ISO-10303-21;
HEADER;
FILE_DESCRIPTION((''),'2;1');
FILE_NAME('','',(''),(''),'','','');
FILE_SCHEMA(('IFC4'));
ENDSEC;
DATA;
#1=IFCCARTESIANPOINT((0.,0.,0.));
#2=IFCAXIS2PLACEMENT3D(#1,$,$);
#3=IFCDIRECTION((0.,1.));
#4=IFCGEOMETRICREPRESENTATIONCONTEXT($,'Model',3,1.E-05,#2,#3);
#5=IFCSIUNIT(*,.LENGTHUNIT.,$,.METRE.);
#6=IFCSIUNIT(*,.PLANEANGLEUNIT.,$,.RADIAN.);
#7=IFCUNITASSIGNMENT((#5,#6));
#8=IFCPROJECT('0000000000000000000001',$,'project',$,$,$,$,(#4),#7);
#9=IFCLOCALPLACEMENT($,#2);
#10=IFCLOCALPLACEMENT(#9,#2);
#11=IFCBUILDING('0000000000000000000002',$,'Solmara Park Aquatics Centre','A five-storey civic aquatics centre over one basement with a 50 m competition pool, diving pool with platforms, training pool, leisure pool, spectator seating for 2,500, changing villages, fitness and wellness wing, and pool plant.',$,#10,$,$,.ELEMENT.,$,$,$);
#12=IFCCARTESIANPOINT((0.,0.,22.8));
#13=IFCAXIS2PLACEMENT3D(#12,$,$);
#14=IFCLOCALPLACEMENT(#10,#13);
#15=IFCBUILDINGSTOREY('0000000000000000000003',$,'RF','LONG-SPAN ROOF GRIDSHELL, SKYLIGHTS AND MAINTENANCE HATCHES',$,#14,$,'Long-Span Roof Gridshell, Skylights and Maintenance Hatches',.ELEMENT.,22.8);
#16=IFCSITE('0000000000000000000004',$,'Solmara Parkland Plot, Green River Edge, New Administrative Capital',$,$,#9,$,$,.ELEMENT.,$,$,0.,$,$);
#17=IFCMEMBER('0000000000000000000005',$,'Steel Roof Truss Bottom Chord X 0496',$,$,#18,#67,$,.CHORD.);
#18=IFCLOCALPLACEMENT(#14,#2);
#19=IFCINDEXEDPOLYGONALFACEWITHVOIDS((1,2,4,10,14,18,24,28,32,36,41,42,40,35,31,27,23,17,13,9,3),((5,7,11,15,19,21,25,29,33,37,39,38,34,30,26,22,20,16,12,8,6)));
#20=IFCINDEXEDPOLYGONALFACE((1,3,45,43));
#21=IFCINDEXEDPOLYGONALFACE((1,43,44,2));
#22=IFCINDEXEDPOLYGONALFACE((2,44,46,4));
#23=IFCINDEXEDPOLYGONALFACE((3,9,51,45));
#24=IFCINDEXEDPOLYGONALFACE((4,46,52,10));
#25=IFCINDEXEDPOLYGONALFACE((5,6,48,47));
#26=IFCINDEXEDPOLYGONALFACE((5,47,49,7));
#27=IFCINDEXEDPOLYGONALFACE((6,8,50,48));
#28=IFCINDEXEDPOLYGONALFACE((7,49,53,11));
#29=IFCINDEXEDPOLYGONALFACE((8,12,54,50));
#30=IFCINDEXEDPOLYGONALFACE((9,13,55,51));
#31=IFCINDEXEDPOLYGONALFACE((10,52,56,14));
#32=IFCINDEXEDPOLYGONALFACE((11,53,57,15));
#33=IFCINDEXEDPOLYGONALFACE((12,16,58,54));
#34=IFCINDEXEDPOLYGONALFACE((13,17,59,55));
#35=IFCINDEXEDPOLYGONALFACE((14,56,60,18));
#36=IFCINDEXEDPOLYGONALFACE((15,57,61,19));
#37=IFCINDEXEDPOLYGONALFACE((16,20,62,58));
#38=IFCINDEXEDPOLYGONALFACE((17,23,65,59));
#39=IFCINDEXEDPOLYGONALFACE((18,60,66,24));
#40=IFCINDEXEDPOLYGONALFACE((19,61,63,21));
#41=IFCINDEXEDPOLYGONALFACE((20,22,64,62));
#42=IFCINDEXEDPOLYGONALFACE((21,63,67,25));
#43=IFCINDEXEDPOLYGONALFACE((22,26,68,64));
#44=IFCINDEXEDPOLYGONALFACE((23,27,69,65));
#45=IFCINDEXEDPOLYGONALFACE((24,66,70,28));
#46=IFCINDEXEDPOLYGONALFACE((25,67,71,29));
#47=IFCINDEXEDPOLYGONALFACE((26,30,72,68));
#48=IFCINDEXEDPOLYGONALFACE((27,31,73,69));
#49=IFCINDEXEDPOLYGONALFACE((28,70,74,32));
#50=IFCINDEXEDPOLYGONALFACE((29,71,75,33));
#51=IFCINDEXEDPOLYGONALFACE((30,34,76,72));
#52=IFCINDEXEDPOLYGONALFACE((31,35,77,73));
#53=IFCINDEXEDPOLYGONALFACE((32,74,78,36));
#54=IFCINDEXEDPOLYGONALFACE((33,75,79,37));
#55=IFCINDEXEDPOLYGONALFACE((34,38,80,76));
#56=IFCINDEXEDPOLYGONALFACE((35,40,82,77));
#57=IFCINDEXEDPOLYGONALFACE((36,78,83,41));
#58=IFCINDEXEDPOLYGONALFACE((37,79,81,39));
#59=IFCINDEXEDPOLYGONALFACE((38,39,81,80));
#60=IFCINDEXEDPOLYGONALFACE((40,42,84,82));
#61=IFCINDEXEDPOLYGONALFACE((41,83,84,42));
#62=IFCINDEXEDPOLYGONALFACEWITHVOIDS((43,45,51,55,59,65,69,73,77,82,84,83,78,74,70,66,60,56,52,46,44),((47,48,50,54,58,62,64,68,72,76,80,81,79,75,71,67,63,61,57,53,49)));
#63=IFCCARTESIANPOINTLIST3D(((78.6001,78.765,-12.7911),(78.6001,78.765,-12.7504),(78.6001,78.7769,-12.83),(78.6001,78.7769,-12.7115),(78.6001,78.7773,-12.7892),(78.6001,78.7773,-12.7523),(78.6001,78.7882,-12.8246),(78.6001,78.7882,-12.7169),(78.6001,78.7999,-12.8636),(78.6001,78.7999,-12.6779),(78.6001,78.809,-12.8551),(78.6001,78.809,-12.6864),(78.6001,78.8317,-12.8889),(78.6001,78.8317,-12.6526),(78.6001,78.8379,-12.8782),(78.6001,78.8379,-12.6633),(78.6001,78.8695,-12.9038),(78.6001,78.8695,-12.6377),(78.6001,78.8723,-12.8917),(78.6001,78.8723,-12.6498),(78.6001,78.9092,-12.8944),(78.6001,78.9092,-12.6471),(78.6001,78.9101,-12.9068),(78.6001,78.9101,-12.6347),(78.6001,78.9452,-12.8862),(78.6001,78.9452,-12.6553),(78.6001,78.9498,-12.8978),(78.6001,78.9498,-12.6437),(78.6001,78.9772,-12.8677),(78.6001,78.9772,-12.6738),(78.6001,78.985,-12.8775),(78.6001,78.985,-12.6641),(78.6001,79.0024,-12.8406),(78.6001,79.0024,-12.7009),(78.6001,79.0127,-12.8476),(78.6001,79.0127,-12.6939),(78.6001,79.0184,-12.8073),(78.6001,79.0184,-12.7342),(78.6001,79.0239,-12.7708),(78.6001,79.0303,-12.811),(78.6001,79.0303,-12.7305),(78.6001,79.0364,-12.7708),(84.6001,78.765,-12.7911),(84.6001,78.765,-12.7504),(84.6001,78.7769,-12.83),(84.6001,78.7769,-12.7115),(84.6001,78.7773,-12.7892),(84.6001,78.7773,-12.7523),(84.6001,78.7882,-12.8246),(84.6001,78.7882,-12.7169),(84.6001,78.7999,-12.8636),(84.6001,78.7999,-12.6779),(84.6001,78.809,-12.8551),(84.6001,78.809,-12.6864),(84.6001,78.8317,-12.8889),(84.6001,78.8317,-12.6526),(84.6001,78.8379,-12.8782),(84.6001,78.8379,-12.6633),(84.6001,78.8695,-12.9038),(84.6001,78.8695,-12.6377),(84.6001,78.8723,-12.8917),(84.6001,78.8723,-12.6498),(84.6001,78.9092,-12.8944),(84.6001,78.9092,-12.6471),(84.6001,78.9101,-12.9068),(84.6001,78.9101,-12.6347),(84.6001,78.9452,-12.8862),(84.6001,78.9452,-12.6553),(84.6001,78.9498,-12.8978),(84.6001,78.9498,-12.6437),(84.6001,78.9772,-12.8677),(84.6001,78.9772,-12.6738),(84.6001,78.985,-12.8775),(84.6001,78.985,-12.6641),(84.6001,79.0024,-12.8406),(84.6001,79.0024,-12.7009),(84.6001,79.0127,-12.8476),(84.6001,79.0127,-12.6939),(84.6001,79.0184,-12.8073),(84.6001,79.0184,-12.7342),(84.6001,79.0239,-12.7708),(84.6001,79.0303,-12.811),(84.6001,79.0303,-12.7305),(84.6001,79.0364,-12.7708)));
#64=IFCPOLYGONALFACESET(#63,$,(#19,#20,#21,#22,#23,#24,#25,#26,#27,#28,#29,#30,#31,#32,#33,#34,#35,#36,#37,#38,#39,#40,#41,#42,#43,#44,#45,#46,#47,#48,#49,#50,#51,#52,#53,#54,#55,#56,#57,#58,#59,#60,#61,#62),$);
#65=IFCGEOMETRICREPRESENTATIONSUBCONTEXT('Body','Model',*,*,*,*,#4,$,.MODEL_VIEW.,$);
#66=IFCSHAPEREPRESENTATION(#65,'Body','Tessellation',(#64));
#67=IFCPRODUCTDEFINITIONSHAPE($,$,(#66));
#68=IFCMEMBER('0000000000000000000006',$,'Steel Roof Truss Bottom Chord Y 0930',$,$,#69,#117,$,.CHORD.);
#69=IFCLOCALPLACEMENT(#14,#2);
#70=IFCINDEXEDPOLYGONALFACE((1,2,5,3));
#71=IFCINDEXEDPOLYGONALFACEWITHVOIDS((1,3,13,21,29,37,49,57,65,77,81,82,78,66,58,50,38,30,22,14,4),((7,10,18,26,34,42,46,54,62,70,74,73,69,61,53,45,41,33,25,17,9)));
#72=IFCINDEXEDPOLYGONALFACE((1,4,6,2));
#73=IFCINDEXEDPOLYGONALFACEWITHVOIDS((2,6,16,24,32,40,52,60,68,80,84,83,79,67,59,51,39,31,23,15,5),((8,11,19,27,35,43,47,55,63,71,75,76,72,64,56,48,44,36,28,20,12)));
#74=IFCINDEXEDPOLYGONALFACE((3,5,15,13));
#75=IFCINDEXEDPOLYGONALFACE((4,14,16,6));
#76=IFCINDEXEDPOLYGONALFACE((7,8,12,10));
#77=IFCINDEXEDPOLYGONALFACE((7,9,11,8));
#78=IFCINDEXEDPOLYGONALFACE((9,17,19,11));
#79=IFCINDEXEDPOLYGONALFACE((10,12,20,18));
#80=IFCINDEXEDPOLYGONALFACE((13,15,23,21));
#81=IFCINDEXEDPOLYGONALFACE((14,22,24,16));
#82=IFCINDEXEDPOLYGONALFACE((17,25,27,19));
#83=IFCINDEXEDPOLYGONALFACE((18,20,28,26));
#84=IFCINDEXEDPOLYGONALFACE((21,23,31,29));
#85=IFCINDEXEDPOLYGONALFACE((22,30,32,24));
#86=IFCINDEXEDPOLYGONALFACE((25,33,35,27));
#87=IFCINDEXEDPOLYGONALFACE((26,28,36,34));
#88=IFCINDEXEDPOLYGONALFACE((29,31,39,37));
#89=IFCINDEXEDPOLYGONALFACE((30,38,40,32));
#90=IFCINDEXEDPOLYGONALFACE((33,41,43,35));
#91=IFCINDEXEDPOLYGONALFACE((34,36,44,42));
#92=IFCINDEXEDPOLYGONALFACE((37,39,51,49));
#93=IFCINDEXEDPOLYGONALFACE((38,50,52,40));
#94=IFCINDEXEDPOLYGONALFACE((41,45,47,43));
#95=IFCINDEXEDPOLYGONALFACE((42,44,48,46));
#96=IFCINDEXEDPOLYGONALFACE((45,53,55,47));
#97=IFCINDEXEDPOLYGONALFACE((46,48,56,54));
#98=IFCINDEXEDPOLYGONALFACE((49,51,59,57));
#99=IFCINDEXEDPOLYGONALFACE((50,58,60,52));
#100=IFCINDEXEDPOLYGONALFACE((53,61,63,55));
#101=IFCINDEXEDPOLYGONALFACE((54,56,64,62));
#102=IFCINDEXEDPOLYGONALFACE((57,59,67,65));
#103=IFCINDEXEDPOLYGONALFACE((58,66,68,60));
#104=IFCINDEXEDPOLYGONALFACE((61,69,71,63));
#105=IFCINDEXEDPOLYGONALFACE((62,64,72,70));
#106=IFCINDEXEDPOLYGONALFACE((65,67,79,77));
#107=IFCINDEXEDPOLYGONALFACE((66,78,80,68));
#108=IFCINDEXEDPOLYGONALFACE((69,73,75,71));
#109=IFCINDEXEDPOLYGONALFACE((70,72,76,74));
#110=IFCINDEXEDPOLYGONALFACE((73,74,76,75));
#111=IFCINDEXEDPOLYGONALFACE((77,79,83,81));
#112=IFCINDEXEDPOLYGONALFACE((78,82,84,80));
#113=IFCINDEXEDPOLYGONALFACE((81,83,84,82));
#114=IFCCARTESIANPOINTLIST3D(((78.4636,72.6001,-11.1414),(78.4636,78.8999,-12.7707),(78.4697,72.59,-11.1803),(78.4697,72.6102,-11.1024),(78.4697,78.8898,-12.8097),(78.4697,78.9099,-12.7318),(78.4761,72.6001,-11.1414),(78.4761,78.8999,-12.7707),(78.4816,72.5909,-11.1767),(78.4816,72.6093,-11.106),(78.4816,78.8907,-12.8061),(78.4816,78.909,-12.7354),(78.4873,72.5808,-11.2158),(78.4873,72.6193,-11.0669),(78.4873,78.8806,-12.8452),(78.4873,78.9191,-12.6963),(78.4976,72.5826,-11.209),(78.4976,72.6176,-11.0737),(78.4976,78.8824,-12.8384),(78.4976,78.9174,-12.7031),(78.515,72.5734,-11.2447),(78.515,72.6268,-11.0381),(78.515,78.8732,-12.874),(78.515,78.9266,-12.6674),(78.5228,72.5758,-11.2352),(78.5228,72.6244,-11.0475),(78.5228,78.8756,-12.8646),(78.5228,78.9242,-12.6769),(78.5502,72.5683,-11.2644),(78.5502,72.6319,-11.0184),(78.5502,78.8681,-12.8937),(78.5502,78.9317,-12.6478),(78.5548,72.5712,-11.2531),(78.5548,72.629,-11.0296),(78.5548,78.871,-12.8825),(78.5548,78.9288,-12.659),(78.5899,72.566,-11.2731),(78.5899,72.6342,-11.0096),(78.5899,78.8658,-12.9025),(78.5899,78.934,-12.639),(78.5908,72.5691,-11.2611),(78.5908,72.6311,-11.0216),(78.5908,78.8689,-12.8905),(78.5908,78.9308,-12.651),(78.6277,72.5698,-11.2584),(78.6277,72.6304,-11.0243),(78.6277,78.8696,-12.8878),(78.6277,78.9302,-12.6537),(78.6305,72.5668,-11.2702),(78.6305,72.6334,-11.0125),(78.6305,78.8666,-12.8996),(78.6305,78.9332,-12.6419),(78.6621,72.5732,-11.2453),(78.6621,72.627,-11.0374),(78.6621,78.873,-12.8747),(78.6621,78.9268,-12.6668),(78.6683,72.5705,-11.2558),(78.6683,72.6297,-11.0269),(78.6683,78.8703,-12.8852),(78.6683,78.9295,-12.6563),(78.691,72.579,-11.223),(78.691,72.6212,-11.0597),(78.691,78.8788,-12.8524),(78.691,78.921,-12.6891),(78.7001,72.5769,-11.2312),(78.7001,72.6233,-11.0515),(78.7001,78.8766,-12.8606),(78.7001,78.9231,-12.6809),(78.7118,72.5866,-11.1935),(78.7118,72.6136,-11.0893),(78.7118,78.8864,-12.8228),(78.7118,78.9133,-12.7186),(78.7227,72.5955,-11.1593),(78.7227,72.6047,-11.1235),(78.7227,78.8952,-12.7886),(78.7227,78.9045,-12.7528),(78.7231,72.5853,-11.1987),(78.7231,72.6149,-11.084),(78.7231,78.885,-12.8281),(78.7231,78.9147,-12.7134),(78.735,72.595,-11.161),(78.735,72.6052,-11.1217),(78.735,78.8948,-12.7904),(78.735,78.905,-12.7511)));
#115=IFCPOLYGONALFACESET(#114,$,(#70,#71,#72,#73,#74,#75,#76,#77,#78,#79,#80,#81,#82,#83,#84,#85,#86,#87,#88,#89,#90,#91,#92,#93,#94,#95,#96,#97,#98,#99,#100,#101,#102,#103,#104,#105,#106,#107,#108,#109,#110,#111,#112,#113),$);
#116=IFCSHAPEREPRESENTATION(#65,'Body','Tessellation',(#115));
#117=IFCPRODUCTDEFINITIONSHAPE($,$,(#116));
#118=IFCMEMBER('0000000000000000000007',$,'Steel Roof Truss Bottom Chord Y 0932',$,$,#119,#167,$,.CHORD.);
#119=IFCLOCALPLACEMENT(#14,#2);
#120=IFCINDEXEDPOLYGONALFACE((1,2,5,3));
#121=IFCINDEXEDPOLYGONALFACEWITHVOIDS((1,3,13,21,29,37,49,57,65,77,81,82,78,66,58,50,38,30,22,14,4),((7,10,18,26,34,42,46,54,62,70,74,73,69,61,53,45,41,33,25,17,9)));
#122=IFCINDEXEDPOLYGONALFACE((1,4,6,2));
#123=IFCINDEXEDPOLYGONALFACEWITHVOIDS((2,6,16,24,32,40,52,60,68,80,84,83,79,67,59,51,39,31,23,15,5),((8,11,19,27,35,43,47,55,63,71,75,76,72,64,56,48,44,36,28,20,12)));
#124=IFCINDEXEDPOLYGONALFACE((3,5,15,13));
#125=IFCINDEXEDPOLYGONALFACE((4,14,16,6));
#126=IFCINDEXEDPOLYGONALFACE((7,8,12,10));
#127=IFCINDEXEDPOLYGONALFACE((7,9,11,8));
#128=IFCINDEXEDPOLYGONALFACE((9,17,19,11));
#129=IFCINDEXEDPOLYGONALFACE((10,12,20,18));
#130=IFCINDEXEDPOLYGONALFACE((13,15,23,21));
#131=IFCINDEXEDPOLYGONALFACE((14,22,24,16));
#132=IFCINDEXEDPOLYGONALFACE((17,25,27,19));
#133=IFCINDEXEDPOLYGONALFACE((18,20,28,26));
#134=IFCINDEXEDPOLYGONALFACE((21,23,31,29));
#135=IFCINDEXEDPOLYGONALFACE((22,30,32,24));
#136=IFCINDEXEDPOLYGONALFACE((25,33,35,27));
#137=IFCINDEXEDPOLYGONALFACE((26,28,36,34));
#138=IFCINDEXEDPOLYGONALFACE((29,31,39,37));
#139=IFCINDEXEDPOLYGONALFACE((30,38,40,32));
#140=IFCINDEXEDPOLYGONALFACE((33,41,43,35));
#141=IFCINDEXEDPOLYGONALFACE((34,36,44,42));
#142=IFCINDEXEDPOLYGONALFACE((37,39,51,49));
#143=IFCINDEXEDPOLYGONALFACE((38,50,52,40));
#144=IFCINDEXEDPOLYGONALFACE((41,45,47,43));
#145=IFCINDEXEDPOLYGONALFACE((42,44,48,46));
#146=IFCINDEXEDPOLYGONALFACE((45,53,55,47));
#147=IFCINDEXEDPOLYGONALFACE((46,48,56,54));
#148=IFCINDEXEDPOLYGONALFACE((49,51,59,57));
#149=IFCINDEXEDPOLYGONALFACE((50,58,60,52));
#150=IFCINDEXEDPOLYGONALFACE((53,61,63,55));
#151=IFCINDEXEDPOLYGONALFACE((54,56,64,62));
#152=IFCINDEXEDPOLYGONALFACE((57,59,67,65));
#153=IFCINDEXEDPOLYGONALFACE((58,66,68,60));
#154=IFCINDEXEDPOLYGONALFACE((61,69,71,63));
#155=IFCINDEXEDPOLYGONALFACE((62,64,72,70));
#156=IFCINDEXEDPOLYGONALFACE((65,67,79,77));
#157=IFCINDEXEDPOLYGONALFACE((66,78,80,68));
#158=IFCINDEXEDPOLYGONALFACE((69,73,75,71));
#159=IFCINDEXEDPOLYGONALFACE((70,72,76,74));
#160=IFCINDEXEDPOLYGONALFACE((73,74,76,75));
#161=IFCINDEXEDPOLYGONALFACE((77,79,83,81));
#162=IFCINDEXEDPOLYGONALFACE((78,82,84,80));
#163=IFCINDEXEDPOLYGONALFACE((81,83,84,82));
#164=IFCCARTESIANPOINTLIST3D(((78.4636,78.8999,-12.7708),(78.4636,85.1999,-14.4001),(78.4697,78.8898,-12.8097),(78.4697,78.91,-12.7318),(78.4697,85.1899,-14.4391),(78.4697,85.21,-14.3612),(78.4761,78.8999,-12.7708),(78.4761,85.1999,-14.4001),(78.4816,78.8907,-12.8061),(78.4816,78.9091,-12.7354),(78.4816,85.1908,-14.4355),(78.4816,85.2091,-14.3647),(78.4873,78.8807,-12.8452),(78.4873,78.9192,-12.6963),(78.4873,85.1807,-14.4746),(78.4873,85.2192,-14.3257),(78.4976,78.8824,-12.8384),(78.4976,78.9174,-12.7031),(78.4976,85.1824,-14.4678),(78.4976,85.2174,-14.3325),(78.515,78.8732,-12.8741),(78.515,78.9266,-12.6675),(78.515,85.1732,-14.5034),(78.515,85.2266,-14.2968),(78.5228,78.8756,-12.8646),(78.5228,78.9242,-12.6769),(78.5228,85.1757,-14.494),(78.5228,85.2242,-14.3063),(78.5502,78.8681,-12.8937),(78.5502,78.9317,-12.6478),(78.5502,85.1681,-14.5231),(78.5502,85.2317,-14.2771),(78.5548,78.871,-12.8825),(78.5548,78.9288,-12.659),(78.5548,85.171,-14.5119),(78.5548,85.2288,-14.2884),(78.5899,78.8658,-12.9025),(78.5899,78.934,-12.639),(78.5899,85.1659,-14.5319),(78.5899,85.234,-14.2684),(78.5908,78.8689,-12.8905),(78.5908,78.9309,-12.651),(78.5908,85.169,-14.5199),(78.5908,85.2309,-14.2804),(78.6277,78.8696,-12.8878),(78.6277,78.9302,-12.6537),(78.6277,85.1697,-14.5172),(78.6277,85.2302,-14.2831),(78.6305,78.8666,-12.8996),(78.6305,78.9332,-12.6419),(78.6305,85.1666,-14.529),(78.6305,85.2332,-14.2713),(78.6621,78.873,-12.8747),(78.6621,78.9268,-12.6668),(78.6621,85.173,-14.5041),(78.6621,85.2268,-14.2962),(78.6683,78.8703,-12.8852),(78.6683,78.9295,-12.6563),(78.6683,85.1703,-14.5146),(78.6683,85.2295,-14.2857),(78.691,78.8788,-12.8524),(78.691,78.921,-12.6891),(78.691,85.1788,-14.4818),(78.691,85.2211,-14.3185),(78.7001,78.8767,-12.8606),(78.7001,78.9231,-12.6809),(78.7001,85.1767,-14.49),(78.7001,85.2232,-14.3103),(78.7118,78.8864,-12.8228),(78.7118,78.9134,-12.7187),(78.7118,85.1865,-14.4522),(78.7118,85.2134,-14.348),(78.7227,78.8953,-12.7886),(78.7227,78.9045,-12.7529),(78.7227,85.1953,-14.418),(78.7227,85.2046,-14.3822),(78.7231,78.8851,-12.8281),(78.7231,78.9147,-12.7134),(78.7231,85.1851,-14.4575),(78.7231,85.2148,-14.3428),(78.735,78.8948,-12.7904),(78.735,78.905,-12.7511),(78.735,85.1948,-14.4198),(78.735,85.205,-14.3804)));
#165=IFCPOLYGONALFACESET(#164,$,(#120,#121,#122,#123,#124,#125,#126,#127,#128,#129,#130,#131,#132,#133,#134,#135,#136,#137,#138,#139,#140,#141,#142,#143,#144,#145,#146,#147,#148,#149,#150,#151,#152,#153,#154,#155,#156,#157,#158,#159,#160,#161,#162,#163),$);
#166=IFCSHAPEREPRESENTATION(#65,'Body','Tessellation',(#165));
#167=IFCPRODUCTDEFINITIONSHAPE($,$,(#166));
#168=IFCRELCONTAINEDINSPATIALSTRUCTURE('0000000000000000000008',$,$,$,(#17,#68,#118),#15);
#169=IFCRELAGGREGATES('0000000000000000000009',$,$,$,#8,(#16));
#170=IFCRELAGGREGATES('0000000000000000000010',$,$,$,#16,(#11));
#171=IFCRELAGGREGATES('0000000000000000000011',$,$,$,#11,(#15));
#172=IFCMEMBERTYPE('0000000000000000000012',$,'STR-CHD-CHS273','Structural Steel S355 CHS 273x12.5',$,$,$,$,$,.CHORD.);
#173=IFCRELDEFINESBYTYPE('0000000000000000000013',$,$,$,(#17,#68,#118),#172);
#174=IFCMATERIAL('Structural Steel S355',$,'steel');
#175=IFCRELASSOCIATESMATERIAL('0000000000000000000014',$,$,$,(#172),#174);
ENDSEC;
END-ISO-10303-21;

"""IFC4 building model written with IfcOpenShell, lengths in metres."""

from ifc_helpers import new_model, si_unit, direction, frame, origin, origin_2d, place, context, subcontext, project, spatial, hollow_circle, extrude, material, material_profile, profile_set, type_object, element, save


model = new_model("IFC4")

# Units and contexts
model_context = context("Model", 3, precision=1e-05, world=origin(), true_north=direction((0.0, 1.0)))
body_context = subcontext(model_context, "Body", "Model", "MODEL_VIEW")
ifc_project = project(units=[si_unit("LENGTHUNIT", "METRE"), si_unit("PLANEANGLEUNIT", "RADIAN")], contexts=[model_context])

# Site, building, storey
site_placement = place(None, origin())
site = spatial("IfcSite", under=ifc_project, at=site_placement, Name="Solmara Parkland Plot, Green River Edge, New Administrative Capital", CompositionType="ELEMENT", RefElevation=0.0)
building_placement = place(site_placement, origin())
building = spatial("IfcBuilding", under=site, at=building_placement, Name="Solmara Park Aquatics Centre", Description="A five-storey civic aquatics centre over one basement with a 50 m competition pool, diving pool with platforms, training pool, leisure pool, spectator seating for 2,500, changing villages, fitness and wellness wing, and pool plant.", CompositionType="ELEMENT")
storey_placement = place(building_placement, frame((0.0, 0.0, 22.8)))
storey = spatial("IfcBuildingStorey", under=building, at=storey_placement, Name="RF", Description="LONG-SPAN ROOF GRIDSHELL, SKYLIGHTS AND MAINTENANCE HATCHES", LongName="Long-Span Roof Gridshell, Skylights and Maintenance Hatches", CompositionType="ELEMENT", Elevation=22.8)

# Members
ifc_material_1 = material(Name="Structural Steel S355", Category="steel")
ifc_material_profile_1 = material_profile(ifc_material_1, hollow_circle(Radius=0.1365, WallThickness=0.0125, at=origin_2d()), Name="CHS 273x12.5")
ifc_profile_set_1 = profile_set([ifc_material_profile_1], Name="Structural Steel S355")
member_type_1 = type_object("IfcMemberType", Name="STR-CHD-CHS273", Description="Structural Steel S355 CHS 273x12.5", PredefinedType="CHORD", material=ifc_profile_set_1)
member_1_placement = place(storey_placement, frame((78.6001, 78.8999, -12.7708), z_axis=(1.0, 0.0, 0.0), x_axis=(0.0, 1.0, 0.0)))
element("IfcMember", 1, at=member_1_placement, inside=storey, type_object=member_type_1, Name="Steel Roof Truss Bottom Chord X 0496", PredefinedType="CHORD", context=body_context, shape_type="SweptSolid", body=[
    extrude(hollow_circle(Radius=0.1365, WallThickness=0.0125, at=origin_2d()), origin(), (0.0, 0.0, 1.0), 6.0),
])
member_2_placement = place(storey_placement, frame((78.6001, 72.6001, -11.1414), z_axis=(0.0, 0.968142, -0.250402), x_axis=(-1.0, 0.0, 0.0)))
element("IfcMember", 2, at=member_2_placement, inside=storey, type_object=member_type_1, Name="Steel Roof Truss Bottom Chord Y 0930", PredefinedType="CHORD", context=body_context, shape_type="SweptSolid", body=[
    extrude(hollow_circle(Radius=0.1365, WallThickness=0.0125, at=origin_2d()), origin(), (0.0, 0.0, 1.0), 6.5071),
])
member_3_placement = place(storey_placement, frame((78.6001, 78.8999, -12.7708), z_axis=(0.0, 0.968144, -0.250393), x_axis=(-1.0, 0.0, 0.0)))
element("IfcMember", 3, at=member_3_placement, inside=storey, type_object=member_type_1, Name="Steel Roof Truss Bottom Chord Y 0932", PredefinedType="CHORD", context=body_context, shape_type="SweptSolid", body=[
    extrude(hollow_circle(Radius=0.1365, WallThickness=0.0125, at=origin_2d()), origin(), (0.0, 0.0, 1.0), 6.5073),
])

save(model, "model.ifc")
